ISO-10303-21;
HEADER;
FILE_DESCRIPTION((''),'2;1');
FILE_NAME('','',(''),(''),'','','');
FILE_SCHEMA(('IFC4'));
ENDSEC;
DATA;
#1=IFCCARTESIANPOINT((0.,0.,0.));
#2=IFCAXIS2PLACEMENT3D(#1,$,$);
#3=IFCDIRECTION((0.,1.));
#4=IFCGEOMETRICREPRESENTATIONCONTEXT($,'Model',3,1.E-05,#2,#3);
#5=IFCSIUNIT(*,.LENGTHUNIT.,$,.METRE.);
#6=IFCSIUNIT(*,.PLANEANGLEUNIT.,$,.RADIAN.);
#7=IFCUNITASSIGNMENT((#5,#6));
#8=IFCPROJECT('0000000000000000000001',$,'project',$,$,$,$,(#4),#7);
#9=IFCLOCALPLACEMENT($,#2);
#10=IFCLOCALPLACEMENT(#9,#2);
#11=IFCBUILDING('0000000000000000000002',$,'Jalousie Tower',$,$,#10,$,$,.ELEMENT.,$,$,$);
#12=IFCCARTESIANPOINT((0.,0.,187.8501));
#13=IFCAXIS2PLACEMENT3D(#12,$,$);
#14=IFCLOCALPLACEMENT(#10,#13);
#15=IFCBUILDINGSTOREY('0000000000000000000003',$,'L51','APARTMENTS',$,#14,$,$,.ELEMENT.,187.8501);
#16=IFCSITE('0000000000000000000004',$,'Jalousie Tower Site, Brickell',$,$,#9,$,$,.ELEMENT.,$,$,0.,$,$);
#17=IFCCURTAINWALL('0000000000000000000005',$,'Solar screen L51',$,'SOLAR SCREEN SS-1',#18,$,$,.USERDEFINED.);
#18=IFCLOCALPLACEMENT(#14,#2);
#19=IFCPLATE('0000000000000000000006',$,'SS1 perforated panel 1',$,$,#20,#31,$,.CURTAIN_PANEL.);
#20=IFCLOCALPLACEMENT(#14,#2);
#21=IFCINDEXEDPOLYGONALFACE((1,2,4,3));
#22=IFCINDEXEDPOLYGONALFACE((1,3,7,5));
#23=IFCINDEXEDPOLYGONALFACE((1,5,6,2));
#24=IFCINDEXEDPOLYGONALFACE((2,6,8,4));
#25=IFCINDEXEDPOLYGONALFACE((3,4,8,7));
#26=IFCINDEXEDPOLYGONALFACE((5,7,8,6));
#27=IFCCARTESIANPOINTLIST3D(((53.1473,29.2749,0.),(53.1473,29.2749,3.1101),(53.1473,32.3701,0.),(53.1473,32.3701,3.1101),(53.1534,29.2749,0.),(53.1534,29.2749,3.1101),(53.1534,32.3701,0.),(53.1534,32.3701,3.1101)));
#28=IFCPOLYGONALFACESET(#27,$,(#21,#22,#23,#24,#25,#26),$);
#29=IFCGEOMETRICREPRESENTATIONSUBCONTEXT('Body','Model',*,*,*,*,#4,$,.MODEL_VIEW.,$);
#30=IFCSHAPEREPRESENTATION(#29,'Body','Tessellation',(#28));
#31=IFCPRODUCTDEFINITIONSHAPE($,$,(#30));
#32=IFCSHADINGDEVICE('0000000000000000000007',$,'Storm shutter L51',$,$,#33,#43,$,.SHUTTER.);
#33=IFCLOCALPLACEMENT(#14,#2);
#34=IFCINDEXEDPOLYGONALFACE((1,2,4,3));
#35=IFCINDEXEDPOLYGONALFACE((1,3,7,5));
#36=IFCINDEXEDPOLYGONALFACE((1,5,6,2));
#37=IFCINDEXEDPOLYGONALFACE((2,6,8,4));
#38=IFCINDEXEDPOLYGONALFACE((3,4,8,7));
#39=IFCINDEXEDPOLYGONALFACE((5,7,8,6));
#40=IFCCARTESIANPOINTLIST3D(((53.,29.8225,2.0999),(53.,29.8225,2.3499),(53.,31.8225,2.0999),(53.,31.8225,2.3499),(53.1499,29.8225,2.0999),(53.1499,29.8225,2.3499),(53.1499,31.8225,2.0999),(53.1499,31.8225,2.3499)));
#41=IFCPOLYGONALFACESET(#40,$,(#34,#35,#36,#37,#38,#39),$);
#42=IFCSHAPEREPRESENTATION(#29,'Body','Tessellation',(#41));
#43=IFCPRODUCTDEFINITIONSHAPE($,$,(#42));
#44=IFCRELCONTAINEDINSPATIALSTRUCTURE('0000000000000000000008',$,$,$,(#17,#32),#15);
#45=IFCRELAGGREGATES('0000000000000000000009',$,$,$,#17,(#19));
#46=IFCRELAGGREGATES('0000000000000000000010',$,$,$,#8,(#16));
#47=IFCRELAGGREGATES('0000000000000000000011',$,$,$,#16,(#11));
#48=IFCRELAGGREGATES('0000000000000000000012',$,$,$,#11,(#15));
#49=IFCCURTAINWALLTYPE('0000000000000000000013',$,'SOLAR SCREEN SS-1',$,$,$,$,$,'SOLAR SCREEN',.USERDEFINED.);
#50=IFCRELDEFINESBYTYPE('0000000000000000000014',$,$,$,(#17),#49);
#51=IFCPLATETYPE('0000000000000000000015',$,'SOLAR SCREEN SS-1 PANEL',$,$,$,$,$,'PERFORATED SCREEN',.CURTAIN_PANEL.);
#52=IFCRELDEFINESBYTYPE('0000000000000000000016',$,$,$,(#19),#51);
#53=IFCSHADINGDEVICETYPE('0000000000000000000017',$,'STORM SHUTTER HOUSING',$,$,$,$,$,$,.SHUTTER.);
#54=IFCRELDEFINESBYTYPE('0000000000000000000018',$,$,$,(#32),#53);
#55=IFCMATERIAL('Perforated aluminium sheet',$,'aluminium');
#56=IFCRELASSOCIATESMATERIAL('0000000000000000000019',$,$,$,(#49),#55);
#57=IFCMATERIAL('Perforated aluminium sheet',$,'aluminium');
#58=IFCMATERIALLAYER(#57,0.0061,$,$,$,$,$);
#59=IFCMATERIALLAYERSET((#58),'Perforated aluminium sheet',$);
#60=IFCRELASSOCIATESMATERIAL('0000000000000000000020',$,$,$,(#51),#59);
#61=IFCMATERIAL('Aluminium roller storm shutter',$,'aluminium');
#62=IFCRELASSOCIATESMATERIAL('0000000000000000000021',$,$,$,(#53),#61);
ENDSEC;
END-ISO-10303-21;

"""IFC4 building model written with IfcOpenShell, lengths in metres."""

from ifc_helpers import new_model, si_unit, direction, frame, origin, origin_2d, place, context, subcontext, project, spatial, rectangle, extrude, material, layer, layer_set, type_object, element, aggregate, save


model = new_model("IFC4")

# Units and contexts
model_context = context("Model", 3, precision=1e-05, world=origin(), true_north=direction((0.0, 1.0)))
body_context = subcontext(model_context, "Body", "Model", "MODEL_VIEW")
ifc_project = project(units=[si_unit("LENGTHUNIT", "METRE"), si_unit("PLANEANGLEUNIT", "RADIAN")], contexts=[model_context])

# Site, building, storey
site_placement = place(None, origin())
site = spatial("IfcSite", under=ifc_project, at=site_placement, Name="Jalousie Tower Site, Brickell", CompositionType="ELEMENT", RefElevation=0.0)
building_placement = place(site_placement, origin())
building = spatial("IfcBuilding", under=site, at=building_placement, Name="Jalousie Tower", CompositionType="ELEMENT")
storey_placement = place(building_placement, frame((0.0, 0.0, 187.8501)))
storey = spatial("IfcBuildingStorey", under=building, at=storey_placement, Name="L51", Description="APARTMENTS", CompositionType="ELEMENT", Elevation=187.8501)

# Curtain wall
ifc_material_1 = material(Name="Perforated aluminium sheet", Category="aluminium")
curtain_wall_type_1 = type_object("IfcCurtainWallType", Name="SOLAR SCREEN SS-1", ElementType="SOLAR SCREEN", PredefinedType="USERDEFINED", material=ifc_material_1)
curtain_wall_1_placement = place(storey_placement, origin())
curtain_wall_1 = element("IfcCurtainWall", 1, at=curtain_wall_1_placement, inside=storey, type_object=curtain_wall_type_1, Name="Solar screen L51", ObjectType="SOLAR SCREEN SS-1", PredefinedType="USERDEFINED")

# Plate
ifc_material_2 = material(Name="Perforated aluminium sheet", Category="aluminium")
ifc_layer_1 = layer(ifc_material_2, 0.0061)
ifc_layer_set_1 = layer_set([ifc_layer_1], Name="Perforated aluminium sheet")
plate_type_1 = type_object("IfcPlateType", Name="SOLAR SCREEN SS-1 PANEL", ElementType="PERFORATED SCREEN", PredefinedType="CURTAIN_PANEL", material=ifc_layer_set_1)
plate_1_placement = place(storey_placement, frame((53.1504, 30.8225, 0.0), z_axis=(0.0, 0.0, 1.0), x_axis=(0.0, 1.0, 0.0)))
plate_1 = element("IfcPlate", 2, at=plate_1_placement, type_object=plate_type_1, Name="SS1 perforated panel 1", PredefinedType="CURTAIN_PANEL", context=body_context, shape_type="SweptSolid", body=[
    extrude(rectangle(XDim=3.0952, YDim=0.0061, at=origin_2d()), origin(), (0.0, 0.0, 1.0), 3.1101),
])
aggregate(curtain_wall_1, [plate_1])

# Shading device
ifc_material_3 = material(Name="Aluminium roller storm shutter", Category="aluminium")
shading_device_type = type_object("IfcShadingDeviceType", Name="STORM SHUTTER HOUSING", PredefinedType="SHUTTER", material=ifc_material_3)
shading_device_placement = place(storey_placement, frame((53.075, 30.8225, 2.0999), z_axis=(0.0, 0.0, 1.0), x_axis=(0.0, 1.0, 0.0)))
element("IfcShadingDevice", 3, at=shading_device_placement, inside=storey, type_object=shading_device_type, Name="Storm shutter L51", PredefinedType="SHUTTER", context=body_context, shape_type="SweptSolid", body=[
    extrude(rectangle(XDim=2.0, YDim=0.1499, at=origin_2d()), origin(), (0.0, 0.0, 1.0), 0.25),
])

save(model, "model.ifc")
